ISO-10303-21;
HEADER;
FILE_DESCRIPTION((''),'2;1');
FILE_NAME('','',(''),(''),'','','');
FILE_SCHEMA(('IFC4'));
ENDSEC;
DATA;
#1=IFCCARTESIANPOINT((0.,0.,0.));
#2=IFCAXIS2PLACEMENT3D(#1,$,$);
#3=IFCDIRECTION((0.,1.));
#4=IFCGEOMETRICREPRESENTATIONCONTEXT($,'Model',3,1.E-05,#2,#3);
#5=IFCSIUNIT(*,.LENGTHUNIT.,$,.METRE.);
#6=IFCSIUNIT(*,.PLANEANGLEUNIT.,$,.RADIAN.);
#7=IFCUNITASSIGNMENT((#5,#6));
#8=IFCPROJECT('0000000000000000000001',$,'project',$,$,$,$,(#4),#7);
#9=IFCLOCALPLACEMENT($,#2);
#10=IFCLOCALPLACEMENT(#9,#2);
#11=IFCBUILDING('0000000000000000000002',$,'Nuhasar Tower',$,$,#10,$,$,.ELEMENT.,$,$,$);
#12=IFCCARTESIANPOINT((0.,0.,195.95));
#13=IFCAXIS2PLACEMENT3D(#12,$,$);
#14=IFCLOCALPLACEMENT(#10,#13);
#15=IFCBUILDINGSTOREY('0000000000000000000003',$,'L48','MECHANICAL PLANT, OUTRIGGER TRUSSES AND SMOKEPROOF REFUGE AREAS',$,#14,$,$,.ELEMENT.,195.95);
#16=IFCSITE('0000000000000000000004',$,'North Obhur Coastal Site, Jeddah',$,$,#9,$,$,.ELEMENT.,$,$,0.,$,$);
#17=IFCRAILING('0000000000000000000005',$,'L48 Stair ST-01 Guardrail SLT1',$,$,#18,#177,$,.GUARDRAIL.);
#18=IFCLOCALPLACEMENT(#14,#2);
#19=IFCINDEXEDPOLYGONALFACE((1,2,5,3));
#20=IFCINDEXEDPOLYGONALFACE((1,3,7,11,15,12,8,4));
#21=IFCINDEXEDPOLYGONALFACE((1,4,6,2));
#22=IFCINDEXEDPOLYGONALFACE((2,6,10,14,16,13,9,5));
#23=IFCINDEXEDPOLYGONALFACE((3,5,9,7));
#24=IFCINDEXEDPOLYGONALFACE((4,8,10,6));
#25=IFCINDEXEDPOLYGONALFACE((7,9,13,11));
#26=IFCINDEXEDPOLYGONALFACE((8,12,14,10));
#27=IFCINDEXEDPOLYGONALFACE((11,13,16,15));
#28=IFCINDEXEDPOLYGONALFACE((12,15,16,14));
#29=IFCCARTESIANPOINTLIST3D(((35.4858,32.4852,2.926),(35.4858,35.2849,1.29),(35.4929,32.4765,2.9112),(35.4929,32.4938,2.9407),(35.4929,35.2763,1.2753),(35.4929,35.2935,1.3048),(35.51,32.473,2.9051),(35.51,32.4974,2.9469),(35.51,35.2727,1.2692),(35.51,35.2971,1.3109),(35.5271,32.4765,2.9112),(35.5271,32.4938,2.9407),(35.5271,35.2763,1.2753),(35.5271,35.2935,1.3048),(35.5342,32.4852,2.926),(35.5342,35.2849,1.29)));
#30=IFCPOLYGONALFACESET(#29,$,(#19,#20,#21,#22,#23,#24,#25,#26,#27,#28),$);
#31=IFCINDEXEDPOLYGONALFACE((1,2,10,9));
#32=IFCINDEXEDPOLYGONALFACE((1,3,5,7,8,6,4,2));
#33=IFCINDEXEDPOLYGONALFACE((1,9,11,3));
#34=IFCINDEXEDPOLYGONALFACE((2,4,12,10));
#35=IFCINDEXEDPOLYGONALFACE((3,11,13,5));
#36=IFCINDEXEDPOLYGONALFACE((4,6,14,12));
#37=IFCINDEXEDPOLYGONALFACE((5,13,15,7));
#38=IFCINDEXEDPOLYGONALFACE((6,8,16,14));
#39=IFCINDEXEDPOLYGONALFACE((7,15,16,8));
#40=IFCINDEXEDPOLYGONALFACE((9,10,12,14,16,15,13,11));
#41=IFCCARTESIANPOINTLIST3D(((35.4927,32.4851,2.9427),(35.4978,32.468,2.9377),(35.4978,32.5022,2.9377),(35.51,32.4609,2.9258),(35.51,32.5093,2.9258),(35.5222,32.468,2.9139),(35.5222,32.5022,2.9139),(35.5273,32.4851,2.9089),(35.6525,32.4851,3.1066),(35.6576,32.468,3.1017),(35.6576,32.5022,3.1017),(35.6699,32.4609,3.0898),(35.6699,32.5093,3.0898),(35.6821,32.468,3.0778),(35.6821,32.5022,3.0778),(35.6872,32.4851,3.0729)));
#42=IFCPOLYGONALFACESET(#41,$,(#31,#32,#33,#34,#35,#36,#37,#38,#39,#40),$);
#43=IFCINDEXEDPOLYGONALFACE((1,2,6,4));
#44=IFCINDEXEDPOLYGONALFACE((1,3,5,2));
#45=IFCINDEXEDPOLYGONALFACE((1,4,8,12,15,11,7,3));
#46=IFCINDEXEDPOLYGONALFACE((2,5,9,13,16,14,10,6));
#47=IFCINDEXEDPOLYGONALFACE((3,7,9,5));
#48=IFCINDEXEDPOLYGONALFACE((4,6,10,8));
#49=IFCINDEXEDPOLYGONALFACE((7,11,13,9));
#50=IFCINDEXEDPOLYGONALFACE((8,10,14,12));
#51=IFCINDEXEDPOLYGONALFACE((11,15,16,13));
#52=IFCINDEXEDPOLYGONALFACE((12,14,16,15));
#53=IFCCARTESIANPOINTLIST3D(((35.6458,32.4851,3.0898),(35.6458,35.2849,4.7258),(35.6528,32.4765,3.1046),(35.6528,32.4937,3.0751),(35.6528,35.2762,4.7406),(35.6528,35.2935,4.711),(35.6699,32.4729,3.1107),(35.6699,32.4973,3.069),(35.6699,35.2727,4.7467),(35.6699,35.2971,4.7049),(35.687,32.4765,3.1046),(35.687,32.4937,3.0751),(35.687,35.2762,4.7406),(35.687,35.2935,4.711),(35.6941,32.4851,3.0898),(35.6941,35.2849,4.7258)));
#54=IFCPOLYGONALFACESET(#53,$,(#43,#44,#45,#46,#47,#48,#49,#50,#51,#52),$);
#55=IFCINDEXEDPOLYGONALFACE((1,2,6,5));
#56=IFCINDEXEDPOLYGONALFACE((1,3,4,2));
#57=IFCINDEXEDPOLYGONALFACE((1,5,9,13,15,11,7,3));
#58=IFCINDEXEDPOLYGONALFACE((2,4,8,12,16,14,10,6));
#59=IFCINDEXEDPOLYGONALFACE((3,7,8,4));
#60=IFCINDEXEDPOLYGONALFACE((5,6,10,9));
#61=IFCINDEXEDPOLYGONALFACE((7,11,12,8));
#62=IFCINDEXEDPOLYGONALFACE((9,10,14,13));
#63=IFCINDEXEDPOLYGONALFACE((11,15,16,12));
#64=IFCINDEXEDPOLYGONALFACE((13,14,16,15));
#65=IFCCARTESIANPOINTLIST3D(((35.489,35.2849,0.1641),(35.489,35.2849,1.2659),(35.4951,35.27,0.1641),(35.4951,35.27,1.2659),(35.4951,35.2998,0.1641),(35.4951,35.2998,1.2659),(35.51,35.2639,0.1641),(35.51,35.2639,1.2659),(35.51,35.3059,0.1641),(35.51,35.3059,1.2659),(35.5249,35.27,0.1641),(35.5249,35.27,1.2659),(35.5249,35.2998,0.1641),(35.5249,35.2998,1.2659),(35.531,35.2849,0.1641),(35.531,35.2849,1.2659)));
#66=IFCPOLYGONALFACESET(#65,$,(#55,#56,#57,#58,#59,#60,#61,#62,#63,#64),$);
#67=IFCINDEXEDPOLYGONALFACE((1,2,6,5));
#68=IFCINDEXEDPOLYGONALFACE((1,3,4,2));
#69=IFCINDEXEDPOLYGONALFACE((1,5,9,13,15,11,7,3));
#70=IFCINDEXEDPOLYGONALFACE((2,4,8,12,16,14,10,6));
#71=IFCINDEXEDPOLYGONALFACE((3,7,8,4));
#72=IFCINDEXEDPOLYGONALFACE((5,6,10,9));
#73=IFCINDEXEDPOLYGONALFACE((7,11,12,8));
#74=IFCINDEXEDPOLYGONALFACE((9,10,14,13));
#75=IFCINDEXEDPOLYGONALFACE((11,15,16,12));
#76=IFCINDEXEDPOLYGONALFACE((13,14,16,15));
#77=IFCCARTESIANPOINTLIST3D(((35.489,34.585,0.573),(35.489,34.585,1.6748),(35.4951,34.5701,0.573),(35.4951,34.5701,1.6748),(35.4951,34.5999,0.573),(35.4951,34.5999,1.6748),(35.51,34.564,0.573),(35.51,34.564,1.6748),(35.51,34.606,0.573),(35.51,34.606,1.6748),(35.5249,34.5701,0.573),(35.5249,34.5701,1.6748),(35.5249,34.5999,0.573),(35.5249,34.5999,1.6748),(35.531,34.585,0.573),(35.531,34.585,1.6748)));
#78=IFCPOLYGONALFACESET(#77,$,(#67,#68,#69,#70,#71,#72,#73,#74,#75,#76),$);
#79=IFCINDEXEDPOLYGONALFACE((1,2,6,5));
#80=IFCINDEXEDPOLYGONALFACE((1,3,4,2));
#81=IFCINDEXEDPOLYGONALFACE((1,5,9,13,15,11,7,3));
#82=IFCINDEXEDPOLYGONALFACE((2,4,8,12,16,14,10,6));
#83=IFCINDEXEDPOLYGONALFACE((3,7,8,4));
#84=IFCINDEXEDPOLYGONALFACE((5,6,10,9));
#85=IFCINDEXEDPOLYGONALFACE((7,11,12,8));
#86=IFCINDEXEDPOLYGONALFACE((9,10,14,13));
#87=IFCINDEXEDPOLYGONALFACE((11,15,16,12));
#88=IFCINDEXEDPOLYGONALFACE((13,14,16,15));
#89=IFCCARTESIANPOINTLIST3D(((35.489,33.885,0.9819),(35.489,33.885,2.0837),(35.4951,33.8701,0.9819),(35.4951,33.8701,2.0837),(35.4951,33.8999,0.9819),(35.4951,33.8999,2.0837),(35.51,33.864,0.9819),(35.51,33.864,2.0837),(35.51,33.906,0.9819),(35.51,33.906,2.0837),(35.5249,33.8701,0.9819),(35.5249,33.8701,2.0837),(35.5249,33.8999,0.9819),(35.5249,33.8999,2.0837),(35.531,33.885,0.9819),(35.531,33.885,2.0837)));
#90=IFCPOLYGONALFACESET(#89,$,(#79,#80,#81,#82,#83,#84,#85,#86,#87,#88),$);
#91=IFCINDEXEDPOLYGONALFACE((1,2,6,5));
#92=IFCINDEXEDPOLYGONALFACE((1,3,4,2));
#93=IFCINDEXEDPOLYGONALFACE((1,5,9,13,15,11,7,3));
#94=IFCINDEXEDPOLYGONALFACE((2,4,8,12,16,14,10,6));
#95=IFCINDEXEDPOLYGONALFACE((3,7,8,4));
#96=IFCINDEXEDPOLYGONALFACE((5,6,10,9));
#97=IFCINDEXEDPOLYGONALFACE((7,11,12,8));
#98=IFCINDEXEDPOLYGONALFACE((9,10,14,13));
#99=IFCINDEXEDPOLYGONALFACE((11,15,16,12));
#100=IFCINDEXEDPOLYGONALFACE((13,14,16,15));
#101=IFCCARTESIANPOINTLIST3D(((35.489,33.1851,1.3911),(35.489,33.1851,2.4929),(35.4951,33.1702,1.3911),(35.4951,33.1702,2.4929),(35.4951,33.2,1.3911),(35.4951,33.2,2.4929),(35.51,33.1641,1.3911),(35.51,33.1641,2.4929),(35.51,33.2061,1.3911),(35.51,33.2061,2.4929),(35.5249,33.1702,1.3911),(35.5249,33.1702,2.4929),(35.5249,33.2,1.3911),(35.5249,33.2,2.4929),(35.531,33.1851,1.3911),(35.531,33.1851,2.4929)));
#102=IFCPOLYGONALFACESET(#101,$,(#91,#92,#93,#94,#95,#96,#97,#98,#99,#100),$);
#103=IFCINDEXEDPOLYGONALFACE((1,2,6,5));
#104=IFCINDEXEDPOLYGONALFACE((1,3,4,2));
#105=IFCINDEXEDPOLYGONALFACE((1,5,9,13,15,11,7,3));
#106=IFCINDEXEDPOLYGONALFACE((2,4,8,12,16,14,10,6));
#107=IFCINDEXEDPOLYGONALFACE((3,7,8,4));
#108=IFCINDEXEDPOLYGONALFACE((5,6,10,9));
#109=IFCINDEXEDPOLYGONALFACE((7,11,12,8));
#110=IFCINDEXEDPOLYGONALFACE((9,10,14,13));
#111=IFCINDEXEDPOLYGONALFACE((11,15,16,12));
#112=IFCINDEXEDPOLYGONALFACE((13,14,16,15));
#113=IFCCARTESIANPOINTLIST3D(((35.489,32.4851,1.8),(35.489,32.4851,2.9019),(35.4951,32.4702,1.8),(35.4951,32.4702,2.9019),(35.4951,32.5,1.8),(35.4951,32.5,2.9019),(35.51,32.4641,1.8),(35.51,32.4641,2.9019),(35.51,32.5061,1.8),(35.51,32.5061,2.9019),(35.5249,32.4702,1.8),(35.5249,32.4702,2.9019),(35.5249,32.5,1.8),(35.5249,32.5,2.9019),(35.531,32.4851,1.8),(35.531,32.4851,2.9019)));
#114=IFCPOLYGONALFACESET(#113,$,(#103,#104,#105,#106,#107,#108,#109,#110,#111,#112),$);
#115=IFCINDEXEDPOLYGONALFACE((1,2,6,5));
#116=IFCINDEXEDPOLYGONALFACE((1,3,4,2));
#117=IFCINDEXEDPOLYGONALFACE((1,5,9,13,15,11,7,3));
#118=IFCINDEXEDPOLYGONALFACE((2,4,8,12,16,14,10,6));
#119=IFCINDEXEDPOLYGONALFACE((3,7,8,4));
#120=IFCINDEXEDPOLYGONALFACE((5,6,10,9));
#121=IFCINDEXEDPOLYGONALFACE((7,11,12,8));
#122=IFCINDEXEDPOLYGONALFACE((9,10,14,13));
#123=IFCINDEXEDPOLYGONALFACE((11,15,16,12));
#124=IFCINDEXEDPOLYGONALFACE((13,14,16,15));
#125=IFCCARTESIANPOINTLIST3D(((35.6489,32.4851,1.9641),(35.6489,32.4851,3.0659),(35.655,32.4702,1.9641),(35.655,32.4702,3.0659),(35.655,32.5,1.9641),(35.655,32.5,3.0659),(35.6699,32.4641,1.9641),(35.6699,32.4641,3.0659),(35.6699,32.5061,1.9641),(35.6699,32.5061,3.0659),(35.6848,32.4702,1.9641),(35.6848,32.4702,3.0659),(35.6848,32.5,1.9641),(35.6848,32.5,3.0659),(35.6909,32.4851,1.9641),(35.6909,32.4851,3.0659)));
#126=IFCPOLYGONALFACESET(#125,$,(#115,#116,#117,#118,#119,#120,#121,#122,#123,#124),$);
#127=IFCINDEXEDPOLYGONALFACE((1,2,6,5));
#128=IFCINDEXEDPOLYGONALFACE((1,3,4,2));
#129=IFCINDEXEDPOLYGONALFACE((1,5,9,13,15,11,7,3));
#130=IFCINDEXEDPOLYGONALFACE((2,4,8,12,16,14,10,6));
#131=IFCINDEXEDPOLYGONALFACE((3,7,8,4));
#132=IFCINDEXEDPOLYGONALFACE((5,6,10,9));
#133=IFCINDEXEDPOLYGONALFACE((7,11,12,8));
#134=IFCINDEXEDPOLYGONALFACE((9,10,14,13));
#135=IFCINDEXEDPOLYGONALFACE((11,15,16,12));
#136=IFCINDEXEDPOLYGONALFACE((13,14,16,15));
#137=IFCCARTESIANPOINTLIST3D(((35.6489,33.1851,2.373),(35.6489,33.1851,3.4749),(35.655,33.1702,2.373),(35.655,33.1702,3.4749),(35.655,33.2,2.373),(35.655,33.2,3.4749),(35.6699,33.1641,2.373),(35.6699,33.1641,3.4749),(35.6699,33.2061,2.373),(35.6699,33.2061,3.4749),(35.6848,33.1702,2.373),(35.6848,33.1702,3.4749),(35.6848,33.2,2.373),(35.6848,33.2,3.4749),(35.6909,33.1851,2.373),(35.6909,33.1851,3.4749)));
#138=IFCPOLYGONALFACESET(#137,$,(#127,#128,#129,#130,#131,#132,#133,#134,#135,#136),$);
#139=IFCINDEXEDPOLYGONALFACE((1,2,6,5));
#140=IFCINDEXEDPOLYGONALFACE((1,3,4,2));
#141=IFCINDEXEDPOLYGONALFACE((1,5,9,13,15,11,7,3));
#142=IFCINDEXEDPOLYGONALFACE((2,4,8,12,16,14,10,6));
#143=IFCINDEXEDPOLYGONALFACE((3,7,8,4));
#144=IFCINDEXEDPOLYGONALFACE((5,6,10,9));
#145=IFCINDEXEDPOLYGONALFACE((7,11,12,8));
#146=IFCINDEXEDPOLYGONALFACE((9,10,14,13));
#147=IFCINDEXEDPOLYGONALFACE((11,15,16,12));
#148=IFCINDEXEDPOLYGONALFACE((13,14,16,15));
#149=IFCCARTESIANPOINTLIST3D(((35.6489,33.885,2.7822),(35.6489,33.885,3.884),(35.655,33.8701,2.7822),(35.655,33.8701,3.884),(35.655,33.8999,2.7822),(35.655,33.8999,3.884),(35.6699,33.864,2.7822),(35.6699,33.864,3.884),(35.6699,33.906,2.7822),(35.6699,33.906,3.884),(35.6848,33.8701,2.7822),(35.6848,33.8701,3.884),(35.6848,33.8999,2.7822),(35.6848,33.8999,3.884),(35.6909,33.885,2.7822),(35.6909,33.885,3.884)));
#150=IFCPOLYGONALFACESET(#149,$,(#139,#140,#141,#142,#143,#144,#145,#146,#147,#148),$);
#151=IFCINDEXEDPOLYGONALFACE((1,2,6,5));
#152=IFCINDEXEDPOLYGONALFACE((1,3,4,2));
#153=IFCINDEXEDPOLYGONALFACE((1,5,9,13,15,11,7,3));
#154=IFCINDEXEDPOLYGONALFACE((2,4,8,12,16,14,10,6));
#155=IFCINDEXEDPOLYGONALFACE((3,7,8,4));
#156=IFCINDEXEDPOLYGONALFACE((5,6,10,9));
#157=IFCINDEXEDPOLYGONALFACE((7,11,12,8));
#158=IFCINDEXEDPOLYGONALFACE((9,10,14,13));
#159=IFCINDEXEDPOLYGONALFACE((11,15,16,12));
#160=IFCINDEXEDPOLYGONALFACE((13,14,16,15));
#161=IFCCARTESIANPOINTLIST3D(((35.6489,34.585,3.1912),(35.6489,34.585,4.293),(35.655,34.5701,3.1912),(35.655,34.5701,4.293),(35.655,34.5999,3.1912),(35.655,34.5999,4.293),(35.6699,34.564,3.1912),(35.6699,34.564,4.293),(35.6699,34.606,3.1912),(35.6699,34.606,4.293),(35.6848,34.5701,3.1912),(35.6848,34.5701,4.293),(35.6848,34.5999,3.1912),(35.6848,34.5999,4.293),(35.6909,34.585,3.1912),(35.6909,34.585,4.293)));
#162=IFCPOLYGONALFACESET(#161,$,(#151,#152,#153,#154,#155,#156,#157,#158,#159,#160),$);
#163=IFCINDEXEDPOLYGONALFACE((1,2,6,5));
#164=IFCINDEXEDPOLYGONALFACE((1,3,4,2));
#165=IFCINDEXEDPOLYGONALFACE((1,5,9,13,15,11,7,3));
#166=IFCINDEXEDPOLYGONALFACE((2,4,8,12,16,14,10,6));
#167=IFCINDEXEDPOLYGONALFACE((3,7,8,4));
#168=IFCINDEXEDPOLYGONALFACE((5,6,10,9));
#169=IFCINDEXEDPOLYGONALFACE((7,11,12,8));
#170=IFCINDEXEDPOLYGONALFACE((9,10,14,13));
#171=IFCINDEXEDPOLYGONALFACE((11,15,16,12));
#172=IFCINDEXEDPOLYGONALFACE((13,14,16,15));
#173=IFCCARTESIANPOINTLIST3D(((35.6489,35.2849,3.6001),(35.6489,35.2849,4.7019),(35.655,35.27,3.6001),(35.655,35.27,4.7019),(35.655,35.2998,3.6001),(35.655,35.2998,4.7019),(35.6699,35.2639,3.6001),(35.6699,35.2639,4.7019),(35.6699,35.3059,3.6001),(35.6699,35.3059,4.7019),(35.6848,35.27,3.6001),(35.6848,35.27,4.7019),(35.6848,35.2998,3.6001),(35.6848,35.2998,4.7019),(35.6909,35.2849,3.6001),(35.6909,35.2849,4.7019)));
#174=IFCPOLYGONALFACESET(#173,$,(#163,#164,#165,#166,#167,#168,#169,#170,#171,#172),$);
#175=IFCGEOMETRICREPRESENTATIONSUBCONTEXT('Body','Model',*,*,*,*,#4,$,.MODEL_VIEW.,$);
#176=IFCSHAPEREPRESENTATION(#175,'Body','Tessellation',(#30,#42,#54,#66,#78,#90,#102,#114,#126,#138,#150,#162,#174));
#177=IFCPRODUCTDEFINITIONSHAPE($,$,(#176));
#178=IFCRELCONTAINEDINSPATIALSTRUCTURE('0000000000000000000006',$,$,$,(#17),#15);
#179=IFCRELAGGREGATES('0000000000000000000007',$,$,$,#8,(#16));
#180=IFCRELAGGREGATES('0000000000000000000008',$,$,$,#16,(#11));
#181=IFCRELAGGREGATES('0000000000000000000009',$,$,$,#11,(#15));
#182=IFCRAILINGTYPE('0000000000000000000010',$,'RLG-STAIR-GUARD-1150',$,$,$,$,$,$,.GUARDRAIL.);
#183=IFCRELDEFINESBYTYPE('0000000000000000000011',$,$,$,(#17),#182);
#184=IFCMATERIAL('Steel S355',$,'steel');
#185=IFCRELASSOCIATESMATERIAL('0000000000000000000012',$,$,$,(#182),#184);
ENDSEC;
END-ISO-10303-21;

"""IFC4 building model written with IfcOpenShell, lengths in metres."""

from ifc_helpers import new_model, si_unit, direction, frame, origin, place, context, subcontext, project, spatial, polyline, outline, extrude, material, type_object, element, save


model = new_model("IFC4")

# Units and contexts
model_context = context("Model", 3, precision=1e-05, world=origin(), true_north=direction((0.0, 1.0)))
body_context = subcontext(model_context, "Body", "Model", "MODEL_VIEW")
ifc_project = project(units=[si_unit("LENGTHUNIT", "METRE"), si_unit("PLANEANGLEUNIT", "RADIAN")], contexts=[model_context])

# Site, building, storey
site_placement = place(None, origin())
site = spatial("IfcSite", under=ifc_project, at=site_placement, Name="North Obhur Coastal Site, Jeddah", CompositionType="ELEMENT", RefElevation=0.0)
building_placement = place(site_placement, origin())
building = spatial("IfcBuilding", under=site, at=building_placement, Name="Nuhasar Tower", CompositionType="ELEMENT")
storey_placement = place(building_placement, frame((0.0, 0.0, 195.95)))
storey = spatial("IfcBuildingStorey", under=building, at=storey_placement, Name="L48", Description="MECHANICAL PLANT, OUTRIGGER TRUSSES AND SMOKEPROOF REFUGE AREAS", CompositionType="ELEMENT", Elevation=195.95)

# Shared definitions
ifc_material_1 = material(Name="Steel S355", Category="steel")

# Railing
railing_type_1 = type_object("IfcRailingType", Name="RLG-STAIR-GUARD-1150", PredefinedType="GUARDRAIL", material=ifc_material_1)
railing_1_placement = place(storey_placement, frame((35.51, 35.2849, 0.1641)))
element("IfcRailing", 1, at=railing_1_placement, inside=storey, type_object=railing_type_1, Name="L48 Stair ST-01 Guardrail SLT1", PredefinedType="GUARDRAIL", context=body_context, shape_type="SweptSolid", body=[
    extrude(outline(polyline([(0.0242, 0.0), (0.0171, 0.0171), (0.0, 0.0242), (-0.0171, 0.0171), (-0.0242, 0.0), (-0.0171, -0.0171), (0.0, -0.0242), (0.0171, -0.0171), (0.0242, 0.0)])), frame((0.0, 0.0, 1.126), z_axis=(0.0, -0.863407, 0.504508), x_axis=(1.0, 0.0, 0.0)), (0.0, 0.0, 1.0), 3.2427),
    extrude(outline(polyline([(0.0242, 0.0), (0.0171, 0.0171), (0.0, 0.0242), (-0.0171, 0.0171), (-0.0242, 0.0), (-0.0171, -0.0171), (0.0, -0.0242), (0.0171, -0.0171), (0.0242, 0.0)])), frame((0.0, -2.7998, 2.7617), z_axis=(0.697991, 0.0, 0.716107), x_axis=(0.0, 1.0, 0.0)), (0.0, 0.0, 1.0), 0.229),
    extrude(outline(polyline([(0.0242, 0.0), (0.0171, 0.0171), (0.0, 0.0242), (-0.0171, 0.0171), (-0.0242, 0.0), (-0.0171, -0.0171), (0.0, -0.0242), (0.0171, -0.0171), (0.0242, 0.0)])), frame((0.1599, -2.7998, 2.9258), z_axis=(0.0, 0.863407, 0.504508), x_axis=(-1.0, 0.0, 0.0)), (0.0, 0.0, 1.0), 3.2427),
    extrude(outline(polyline([(0.021, 0.0), (0.0149, 0.0149), (0.0, 0.021), (-0.0149, 0.0149), (-0.021, 0.0), (-0.0149, -0.0149), (0.0, -0.021), (0.0149, -0.0149), (0.021, 0.0)])), origin(), (0.0, 0.0, 1.0), 1.1018),
    extrude(outline(polyline([(0.021, 0.0), (0.0149, 0.0149), (0.0, 0.021), (-0.0149, 0.0149), (-0.021, 0.0), (-0.0149, -0.0149), (0.0, -0.021), (0.0149, -0.0149), (0.021, 0.0)])), frame((0.0, -0.7, 0.4089)), (0.0, 0.0, 1.0), 1.1018),
    extrude(outline(polyline([(0.021, 0.0), (0.0149, 0.0149), (0.0, 0.021), (-0.0149, 0.0149), (-0.021, 0.0), (-0.0149, -0.0149), (0.0, -0.021), (0.0149, -0.0149), (0.021, 0.0)])), frame((0.0, -1.3999, 0.8179)), (0.0, 0.0, 1.0), 1.1018),
    extrude(outline(polyline([(0.021, 0.0), (0.0149, 0.0149), (0.0, 0.021), (-0.0149, 0.0149), (-0.021, 0.0), (-0.0149, -0.0149), (0.0, -0.021), (0.0149, -0.0149), (0.021, 0.0)])), frame((0.0, -2.0999, 1.2271)), (0.0, 0.0, 1.0), 1.1018),
    extrude(outline(polyline([(0.021, 0.0), (0.0149, 0.0149), (0.0, 0.021), (-0.0149, 0.0149), (-0.021, 0.0), (-0.0149, -0.0149), (0.0, -0.021), (0.0149, -0.0149), (0.021, 0.0)])), frame((0.0, -2.7998, 1.636)), (0.0, 0.0, 1.0), 1.1018),
    extrude(outline(polyline([(0.021, 0.0), (0.0149, 0.0149), (0.0, 0.021), (-0.0149, 0.0149), (-0.021, 0.0), (-0.0149, -0.0149), (0.0, -0.021), (0.0149, -0.0149), (0.021, 0.0)])), frame((0.1599, -2.7998, 1.8)), (0.0, 0.0, 1.0), 1.1018),
    extrude(outline(polyline([(0.021, 0.0), (0.0149, 0.0149), (0.0, 0.021), (-0.0149, 0.0149), (-0.021, 0.0), (-0.0149, -0.0149), (0.0, -0.021), (0.0149, -0.0149), (0.021, 0.0)])), frame((0.1599, -2.0999, 2.209)), (0.0, 0.0, 1.0), 1.1018),
    extrude(outline(polyline([(0.021, 0.0), (0.0149, 0.0149), (0.0, 0.021), (-0.0149, 0.0149), (-0.021, 0.0), (-0.0149, -0.0149), (0.0, -0.021), (0.0149, -0.0149), (0.021, 0.0)])), frame((0.1599, -1.3999, 2.6182)), (0.0, 0.0, 1.0), 1.1018),
    extrude(outline(polyline([(0.021, 0.0), (0.0149, 0.0149), (0.0, 0.021), (-0.0149, 0.0149), (-0.021, 0.0), (-0.0149, -0.0149), (0.0, -0.021), (0.0149, -0.0149), (0.021, 0.0)])), frame((0.1599, -0.7, 3.0271)), (0.0, 0.0, 1.0), 1.1018),
    extrude(outline(polyline([(0.021, 0.0), (0.0149, 0.0149), (0.0, 0.021), (-0.0149, 0.0149), (-0.021, 0.0), (-0.0149, -0.0149), (0.0, -0.021), (0.0149, -0.0149), (0.021, 0.0)])), frame((0.1599, 0.0, 3.436)), (0.0, 0.0, 1.0), 1.1018),
])

save(model, "model.ifc")
